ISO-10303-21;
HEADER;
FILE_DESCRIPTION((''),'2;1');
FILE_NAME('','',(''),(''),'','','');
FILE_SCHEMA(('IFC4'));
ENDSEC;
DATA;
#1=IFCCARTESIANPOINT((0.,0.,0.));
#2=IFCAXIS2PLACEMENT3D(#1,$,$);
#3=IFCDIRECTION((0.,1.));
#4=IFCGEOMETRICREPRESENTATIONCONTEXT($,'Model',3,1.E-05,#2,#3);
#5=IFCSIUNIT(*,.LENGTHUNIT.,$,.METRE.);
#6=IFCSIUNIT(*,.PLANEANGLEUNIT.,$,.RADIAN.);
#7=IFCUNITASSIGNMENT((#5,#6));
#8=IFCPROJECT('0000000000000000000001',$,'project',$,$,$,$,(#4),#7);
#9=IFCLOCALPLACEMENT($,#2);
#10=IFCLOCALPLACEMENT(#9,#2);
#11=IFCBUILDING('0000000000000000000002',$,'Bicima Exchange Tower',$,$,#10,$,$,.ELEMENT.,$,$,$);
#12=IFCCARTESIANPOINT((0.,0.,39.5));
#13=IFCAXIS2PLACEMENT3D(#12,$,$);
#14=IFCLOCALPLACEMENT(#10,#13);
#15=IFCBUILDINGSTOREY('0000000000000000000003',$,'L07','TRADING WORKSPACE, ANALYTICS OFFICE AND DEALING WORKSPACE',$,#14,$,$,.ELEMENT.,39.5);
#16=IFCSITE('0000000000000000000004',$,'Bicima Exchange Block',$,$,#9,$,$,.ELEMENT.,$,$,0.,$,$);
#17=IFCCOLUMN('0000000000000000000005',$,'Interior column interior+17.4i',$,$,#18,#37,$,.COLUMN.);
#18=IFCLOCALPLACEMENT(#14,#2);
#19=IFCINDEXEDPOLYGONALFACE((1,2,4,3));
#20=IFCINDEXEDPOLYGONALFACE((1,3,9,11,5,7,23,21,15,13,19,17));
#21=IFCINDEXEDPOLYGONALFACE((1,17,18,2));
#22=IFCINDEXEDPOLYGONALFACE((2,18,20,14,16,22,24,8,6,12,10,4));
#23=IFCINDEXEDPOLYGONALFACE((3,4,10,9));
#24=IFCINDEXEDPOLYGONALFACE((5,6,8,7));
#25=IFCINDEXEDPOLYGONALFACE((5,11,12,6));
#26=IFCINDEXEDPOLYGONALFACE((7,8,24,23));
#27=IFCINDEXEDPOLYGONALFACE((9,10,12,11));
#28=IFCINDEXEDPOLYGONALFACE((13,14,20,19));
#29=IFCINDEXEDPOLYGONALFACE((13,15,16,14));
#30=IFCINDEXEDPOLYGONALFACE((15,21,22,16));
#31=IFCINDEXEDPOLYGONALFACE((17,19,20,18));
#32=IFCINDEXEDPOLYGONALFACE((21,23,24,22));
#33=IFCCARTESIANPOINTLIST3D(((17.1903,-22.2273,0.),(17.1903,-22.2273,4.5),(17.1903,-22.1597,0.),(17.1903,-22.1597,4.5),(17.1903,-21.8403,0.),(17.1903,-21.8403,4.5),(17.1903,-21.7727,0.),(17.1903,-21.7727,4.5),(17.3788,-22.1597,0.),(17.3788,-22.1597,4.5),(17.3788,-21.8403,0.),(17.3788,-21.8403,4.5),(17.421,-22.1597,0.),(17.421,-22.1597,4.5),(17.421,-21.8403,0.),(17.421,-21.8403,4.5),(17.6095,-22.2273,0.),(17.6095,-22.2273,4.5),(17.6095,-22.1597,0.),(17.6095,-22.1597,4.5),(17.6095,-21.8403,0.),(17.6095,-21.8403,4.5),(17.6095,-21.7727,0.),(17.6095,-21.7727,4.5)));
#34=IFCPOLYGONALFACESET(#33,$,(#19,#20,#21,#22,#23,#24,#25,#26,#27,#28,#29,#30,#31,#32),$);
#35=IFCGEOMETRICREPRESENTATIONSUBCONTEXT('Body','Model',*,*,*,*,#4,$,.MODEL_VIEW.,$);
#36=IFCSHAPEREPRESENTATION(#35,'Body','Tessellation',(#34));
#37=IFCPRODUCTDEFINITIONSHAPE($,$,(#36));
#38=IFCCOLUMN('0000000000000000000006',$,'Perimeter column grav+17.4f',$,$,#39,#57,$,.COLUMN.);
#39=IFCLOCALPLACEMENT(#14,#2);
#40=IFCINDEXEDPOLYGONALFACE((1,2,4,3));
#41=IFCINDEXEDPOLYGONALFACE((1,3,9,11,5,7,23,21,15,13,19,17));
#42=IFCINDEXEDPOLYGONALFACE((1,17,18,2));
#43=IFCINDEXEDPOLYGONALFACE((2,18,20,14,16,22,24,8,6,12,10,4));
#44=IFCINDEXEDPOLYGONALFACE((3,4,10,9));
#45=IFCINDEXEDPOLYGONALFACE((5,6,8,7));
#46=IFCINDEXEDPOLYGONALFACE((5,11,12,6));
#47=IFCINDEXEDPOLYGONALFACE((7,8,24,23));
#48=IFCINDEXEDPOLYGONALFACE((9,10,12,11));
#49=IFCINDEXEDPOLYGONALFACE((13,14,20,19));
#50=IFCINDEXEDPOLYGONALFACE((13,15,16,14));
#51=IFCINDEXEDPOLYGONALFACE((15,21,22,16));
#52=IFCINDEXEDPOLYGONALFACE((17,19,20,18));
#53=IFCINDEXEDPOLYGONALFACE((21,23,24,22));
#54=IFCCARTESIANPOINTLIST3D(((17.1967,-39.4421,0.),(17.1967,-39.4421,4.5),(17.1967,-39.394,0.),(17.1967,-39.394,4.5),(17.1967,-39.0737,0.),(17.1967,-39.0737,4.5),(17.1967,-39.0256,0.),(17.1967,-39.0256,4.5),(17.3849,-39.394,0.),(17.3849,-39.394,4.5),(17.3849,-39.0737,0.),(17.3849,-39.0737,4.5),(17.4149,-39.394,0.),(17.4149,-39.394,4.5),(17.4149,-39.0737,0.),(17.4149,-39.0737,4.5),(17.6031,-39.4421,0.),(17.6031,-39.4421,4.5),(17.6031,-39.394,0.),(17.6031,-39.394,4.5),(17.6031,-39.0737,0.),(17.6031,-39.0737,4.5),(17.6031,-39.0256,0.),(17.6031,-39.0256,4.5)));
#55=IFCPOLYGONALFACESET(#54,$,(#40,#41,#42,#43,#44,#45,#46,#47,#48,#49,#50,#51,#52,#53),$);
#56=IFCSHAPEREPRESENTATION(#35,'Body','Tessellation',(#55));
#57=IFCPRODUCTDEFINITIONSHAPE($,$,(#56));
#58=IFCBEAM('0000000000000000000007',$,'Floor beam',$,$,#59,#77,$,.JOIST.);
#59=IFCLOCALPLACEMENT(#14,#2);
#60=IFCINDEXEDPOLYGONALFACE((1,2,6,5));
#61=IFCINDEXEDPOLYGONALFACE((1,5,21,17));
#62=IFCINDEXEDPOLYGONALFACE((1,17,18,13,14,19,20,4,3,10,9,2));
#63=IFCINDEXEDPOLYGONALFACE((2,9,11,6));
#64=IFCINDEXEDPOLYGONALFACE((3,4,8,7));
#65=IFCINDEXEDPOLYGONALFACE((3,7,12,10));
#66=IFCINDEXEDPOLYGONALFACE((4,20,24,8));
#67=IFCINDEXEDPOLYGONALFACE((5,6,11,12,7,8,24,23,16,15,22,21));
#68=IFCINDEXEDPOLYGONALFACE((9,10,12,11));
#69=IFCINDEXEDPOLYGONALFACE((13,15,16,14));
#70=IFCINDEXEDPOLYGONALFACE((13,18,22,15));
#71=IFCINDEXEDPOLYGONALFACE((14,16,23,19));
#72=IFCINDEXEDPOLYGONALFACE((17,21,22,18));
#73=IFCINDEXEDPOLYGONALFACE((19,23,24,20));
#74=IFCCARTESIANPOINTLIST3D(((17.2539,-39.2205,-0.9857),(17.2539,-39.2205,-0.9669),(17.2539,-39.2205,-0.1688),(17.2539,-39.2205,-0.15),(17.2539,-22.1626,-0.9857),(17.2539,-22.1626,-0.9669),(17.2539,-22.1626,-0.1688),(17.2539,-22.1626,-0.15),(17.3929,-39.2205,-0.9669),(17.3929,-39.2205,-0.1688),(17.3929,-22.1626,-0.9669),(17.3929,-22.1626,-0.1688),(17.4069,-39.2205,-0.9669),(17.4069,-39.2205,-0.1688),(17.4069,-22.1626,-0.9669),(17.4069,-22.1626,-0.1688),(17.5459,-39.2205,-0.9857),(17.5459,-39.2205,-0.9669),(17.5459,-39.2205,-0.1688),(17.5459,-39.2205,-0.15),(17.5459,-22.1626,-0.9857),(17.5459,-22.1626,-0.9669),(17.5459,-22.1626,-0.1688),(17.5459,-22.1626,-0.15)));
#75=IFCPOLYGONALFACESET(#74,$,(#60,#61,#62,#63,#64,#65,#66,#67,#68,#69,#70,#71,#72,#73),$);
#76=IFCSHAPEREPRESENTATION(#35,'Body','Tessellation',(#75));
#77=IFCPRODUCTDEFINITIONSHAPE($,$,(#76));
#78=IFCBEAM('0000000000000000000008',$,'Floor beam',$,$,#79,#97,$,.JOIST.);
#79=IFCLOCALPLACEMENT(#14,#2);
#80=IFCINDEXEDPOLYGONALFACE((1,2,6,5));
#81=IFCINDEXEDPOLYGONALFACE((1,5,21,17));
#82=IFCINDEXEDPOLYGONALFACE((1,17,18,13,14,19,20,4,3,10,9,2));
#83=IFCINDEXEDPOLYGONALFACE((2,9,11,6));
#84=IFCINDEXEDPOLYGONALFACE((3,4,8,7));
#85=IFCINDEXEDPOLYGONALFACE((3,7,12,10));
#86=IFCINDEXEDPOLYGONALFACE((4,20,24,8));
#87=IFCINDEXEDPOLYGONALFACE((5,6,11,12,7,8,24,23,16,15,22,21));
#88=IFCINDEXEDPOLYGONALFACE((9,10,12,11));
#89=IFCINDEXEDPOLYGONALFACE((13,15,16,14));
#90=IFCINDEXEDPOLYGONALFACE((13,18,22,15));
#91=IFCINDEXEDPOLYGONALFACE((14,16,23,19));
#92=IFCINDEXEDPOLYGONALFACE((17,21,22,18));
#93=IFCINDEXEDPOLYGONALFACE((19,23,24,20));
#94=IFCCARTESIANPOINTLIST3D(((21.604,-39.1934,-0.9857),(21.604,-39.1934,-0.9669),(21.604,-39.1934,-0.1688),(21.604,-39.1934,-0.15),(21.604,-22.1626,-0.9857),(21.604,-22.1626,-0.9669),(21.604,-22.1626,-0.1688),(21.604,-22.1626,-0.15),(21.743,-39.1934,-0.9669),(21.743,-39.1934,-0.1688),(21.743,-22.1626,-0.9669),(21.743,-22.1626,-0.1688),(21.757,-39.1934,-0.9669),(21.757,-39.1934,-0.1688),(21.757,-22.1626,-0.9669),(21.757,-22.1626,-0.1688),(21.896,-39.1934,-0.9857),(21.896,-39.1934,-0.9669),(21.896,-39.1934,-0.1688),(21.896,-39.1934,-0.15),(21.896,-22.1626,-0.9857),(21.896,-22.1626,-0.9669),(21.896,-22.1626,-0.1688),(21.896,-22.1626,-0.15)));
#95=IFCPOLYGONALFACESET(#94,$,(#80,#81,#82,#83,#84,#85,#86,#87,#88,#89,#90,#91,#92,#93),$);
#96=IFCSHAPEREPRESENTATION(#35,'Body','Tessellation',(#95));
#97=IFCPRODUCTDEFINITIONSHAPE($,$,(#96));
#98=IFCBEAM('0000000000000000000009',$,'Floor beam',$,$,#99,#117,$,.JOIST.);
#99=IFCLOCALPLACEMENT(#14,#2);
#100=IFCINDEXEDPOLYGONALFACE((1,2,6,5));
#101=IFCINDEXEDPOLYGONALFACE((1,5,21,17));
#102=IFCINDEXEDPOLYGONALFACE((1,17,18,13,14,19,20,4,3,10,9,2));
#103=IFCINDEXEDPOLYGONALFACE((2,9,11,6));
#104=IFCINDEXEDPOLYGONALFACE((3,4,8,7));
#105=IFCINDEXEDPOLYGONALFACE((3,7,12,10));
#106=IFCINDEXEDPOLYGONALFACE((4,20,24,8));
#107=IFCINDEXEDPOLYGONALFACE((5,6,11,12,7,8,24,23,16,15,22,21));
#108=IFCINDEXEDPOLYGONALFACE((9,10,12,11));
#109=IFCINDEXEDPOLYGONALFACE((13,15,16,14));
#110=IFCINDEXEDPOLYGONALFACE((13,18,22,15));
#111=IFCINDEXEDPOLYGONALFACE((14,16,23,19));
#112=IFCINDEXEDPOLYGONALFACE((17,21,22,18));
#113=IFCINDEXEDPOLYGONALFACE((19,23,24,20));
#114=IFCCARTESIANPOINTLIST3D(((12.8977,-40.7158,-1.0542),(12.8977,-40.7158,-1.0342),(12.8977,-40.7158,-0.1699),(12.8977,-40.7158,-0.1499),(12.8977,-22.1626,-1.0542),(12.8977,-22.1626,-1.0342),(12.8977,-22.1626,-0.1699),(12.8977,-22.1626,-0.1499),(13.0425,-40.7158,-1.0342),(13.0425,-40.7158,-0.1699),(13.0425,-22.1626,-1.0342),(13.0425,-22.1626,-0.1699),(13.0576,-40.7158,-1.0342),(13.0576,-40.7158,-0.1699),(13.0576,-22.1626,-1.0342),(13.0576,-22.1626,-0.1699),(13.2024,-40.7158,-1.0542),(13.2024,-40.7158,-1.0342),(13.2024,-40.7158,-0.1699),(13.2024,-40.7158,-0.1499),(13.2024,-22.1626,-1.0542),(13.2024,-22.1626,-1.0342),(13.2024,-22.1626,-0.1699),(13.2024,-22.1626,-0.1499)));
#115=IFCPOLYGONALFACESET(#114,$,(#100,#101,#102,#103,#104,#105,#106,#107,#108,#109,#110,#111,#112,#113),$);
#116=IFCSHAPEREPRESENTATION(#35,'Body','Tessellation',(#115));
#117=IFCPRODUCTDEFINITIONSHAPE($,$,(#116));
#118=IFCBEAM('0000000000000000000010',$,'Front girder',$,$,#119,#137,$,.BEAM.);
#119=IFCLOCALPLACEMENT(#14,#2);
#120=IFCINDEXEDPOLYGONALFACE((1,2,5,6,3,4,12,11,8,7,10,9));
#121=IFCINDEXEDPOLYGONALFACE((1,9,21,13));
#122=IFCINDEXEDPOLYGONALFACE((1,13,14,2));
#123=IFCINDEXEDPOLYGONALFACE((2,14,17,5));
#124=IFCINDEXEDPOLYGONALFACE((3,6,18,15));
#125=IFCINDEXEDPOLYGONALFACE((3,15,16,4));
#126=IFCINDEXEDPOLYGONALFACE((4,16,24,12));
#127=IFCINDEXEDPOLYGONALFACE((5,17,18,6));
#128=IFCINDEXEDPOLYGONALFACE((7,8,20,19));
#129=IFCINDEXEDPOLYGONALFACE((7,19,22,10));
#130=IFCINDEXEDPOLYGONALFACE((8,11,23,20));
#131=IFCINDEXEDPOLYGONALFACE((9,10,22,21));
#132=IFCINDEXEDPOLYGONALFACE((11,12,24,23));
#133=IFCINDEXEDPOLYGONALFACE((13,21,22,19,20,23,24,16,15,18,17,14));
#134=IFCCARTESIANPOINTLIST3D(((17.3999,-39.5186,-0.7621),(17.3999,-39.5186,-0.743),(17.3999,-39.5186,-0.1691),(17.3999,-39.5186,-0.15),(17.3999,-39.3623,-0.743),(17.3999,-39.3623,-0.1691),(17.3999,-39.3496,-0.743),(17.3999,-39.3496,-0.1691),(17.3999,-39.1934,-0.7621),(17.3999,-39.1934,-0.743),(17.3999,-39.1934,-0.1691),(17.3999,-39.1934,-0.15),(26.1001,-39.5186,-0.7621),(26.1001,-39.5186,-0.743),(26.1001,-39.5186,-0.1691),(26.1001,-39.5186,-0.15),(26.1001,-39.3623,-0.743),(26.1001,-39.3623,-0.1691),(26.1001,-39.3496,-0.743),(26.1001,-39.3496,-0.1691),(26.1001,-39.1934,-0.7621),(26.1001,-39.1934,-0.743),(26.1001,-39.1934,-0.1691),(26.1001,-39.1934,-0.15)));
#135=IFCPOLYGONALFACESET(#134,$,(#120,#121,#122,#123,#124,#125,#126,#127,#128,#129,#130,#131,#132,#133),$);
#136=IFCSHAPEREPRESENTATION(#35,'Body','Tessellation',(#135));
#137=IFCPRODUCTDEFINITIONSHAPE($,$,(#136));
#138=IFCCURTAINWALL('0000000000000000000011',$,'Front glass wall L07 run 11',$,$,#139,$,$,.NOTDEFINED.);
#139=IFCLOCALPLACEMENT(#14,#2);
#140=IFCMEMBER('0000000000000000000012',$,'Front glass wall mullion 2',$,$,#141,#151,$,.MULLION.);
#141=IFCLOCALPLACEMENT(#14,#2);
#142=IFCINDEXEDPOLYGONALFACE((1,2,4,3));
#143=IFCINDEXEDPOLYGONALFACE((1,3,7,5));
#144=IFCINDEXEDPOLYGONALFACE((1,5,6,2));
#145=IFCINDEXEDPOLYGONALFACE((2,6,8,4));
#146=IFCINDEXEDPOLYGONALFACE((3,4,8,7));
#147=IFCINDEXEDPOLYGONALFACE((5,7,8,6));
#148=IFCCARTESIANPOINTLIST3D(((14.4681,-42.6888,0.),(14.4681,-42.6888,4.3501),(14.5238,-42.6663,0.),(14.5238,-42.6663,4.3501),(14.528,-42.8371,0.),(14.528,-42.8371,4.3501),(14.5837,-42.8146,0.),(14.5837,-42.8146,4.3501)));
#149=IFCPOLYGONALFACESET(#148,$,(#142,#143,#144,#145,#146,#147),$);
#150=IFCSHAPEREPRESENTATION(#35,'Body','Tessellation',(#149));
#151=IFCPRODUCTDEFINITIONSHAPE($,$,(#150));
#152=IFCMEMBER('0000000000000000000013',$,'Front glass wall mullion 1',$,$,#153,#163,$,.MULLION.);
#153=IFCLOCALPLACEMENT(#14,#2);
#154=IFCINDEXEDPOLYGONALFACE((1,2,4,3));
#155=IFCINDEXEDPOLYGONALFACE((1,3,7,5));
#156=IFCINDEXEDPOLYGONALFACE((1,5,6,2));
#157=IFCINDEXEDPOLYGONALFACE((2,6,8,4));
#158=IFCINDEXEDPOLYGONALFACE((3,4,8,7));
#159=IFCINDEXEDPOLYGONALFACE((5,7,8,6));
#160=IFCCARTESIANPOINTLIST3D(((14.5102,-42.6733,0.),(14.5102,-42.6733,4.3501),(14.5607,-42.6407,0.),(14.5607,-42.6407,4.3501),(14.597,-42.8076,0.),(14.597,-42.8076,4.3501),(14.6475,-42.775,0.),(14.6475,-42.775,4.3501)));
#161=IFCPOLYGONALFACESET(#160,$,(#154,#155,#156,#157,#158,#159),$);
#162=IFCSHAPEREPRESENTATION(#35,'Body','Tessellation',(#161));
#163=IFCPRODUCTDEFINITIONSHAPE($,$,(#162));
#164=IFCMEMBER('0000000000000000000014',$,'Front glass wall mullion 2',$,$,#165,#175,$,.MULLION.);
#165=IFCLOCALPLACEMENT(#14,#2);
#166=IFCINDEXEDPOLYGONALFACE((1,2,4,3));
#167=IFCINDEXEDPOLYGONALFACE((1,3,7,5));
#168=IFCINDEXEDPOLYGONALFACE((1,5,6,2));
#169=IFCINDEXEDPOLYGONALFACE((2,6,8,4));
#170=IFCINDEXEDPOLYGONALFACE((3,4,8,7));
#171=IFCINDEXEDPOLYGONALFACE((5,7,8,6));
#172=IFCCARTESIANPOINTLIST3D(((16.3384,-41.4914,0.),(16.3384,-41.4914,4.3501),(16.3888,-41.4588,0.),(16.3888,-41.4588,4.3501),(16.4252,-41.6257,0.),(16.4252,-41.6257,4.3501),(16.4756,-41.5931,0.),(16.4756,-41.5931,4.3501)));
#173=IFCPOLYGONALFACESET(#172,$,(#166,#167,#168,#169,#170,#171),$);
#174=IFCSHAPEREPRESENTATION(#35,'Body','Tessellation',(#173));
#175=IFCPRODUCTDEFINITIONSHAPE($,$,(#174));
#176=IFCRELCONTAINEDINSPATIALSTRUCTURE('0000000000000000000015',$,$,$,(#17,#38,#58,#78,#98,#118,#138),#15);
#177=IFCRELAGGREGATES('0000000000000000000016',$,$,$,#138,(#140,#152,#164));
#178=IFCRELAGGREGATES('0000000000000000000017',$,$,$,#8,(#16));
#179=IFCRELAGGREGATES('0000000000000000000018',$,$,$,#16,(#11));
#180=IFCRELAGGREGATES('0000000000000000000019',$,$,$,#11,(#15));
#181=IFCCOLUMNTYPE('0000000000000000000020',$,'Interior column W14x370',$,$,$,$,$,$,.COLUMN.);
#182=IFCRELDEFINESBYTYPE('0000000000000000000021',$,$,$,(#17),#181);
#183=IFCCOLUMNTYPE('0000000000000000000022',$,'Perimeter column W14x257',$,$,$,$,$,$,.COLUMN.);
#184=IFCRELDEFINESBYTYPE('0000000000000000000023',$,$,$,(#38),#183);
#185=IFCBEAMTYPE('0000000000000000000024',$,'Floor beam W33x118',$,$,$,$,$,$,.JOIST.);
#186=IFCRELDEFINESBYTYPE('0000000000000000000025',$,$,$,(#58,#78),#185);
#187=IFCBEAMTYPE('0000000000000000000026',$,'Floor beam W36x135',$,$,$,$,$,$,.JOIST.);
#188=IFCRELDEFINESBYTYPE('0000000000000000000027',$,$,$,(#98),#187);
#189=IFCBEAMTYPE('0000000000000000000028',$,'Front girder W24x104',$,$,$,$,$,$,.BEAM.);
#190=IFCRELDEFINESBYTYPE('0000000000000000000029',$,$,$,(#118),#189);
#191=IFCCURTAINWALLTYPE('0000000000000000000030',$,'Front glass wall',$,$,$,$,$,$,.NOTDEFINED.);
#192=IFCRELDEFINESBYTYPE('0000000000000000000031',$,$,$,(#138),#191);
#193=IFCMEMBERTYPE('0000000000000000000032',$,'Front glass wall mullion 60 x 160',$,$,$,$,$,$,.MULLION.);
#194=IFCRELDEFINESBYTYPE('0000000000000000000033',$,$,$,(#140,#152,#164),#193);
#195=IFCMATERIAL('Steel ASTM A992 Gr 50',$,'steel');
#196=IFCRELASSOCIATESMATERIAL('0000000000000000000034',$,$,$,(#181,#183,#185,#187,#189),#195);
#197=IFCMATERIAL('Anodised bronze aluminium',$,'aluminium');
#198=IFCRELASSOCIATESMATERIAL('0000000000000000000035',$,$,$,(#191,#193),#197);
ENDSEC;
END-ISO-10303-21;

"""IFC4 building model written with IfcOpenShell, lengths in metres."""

from ifc_helpers import new_model, si_unit, direction, frame, origin, origin_2d, place, context, subcontext, project, spatial, rectangle, i_section, extrude, material, material_profile, profile_set, type_object, element, aggregate, save


model = new_model("IFC4")

# Units and contexts
model_context = context("Model", 3, precision=1e-05, world=origin(), true_north=direction((0.0, 1.0)))
body_context = subcontext(model_context, "Body", "Model", "MODEL_VIEW")
ifc_project = project(units=[si_unit("LENGTHUNIT", "METRE"), si_unit("PLANEANGLEUNIT", "RADIAN")], contexts=[model_context])

# Site, building, storey
site_placement = place(None, origin())
site = spatial("IfcSite", under=ifc_project, at=site_placement, Name="Bicima Exchange Block", CompositionType="ELEMENT", RefElevation=0.0)
building_placement = place(site_placement, origin())
building = spatial("IfcBuilding", under=site, at=building_placement, Name="Bicima Exchange Tower", CompositionType="ELEMENT")
storey_placement = place(building_placement, frame((0.0, 0.0, 39.5)))
storey = spatial("IfcBuildingStorey", under=building, at=storey_placement, Name="L07", Description="TRADING WORKSPACE, ANALYTICS OFFICE AND DEALING WORKSPACE", CompositionType="ELEMENT", Elevation=39.5)

# Columns
ifc_material_1 = material(Name="Steel ASTM A992 Gr 50", Category="steel")
ifc_material_profile_1 = material_profile(ifc_material_1, i_section(OverallWidth=0.4192, OverallDepth=0.4546, WebThickness=0.0422, FlangeThickness=0.0676, at=origin_2d()))
ifc_profile_set_1 = profile_set([ifc_material_profile_1], Name="Steel ASTM A992 Gr 50")
column_type_1 = type_object("IfcColumnType", Name="Interior column W14x370", PredefinedType="COLUMN", material=ifc_profile_set_1)
column_1_placement = place(storey_placement, frame((17.3999, -22.0, 0.0), z_axis=(0.0, 0.0, 1.0), x_axis=(1.0, 0.0, 0.0)))
element("IfcColumn", 1, at=column_1_placement, inside=storey, type_object=column_type_1, Name="Interior column interior+17.4i", PredefinedType="COLUMN", context=body_context, shape_type="SweptSolid", body=[
    extrude(i_section(OverallWidth=0.4192, OverallDepth=0.4546, WebThickness=0.0422, FlangeThickness=0.0676, at=origin_2d()), origin(), (0.0, 0.0, 1.0), 4.5),
])
ifc_material_profile_2 = material_profile(ifc_material_1, i_section(OverallWidth=0.4065, OverallDepth=0.4165, WebThickness=0.03, FlangeThickness=0.0481, at=origin_2d()))
ifc_profile_set_2 = profile_set([ifc_material_profile_2], Name="Steel ASTM A992 Gr 50")
column_type_2 = type_object("IfcColumnType", Name="Perimeter column W14x257", PredefinedType="COLUMN", material=ifc_profile_set_2)
column_2_placement = place(storey_placement, frame((17.3999, -39.2339, 0.0), z_axis=(0.0, 0.0, 1.0), x_axis=(1.0, 0.0, 0.0)))
element("IfcColumn", 2, at=column_2_placement, inside=storey, type_object=column_type_2, Name="Perimeter column grav+17.4f", PredefinedType="COLUMN", context=body_context, shape_type="SweptSolid", body=[
    extrude(i_section(OverallWidth=0.4065, OverallDepth=0.4165, WebThickness=0.03, FlangeThickness=0.0481, at=origin_2d()), origin(), (0.0, 0.0, 1.0), 4.5),
])

# Beams
ifc_material_profile_3 = material_profile(ifc_material_1, i_section(OverallWidth=0.292, OverallDepth=0.8357, WebThickness=0.0139, FlangeThickness=0.0188, at=origin_2d()))
ifc_profile_set_3 = profile_set([ifc_material_profile_3], Name="Steel ASTM A992 Gr 50")
beam_type_1 = type_object("IfcBeamType", Name="Floor beam W33x118", PredefinedType="JOIST", material=ifc_profile_set_3)
beam_1_placement = place(storey_placement, frame((17.3999, -22.1626, -0.5679), z_axis=(0.0, -1.0, 0.0), x_axis=(1.0, 0.0, 0.0)))
element("IfcBeam", 3, at=beam_1_placement, inside=storey, type_object=beam_type_1, Name="Floor beam", PredefinedType="JOIST", context=body_context, shape_type="SweptSolid", body=[
    extrude(i_section(OverallWidth=0.292, OverallDepth=0.8357, WebThickness=0.0139, FlangeThickness=0.0188, at=origin_2d()), origin(), (0.0, 0.0, 1.0), 17.0579),
])
beam_2_placement = place(storey_placement, frame((21.75, -22.1626, -0.5679), z_axis=(0.0, -1.0, 0.0), x_axis=(1.0, 0.0, 0.0)))
element("IfcBeam", 4, at=beam_2_placement, inside=storey, type_object=beam_type_1, Name="Floor beam", PredefinedType="JOIST", context=body_context, shape_type="SweptSolid", body=[
    extrude(i_section(OverallWidth=0.292, OverallDepth=0.8357, WebThickness=0.0139, FlangeThickness=0.0188, at=origin_2d()), origin(), (0.0, 0.0, 1.0), 17.0308),
])
ifc_material_profile_4 = material_profile(ifc_material_1, i_section(OverallWidth=0.3047, OverallDepth=0.9043, WebThickness=0.0151, FlangeThickness=0.02, at=origin_2d()))
ifc_profile_set_4 = profile_set([ifc_material_profile_4], Name="Steel ASTM A992 Gr 50")
beam_type_2 = type_object("IfcBeamType", Name="Floor beam W36x135", PredefinedType="JOIST", material=ifc_profile_set_4)
beam_3_placement = place(storey_placement, frame((13.05, -22.1626, -0.6021), z_axis=(0.0, -1.0, 0.0), x_axis=(1.0, 0.0, 0.0)))
element("IfcBeam", 5, at=beam_3_placement, inside=storey, type_object=beam_type_2, Name="Floor beam", PredefinedType="JOIST", context=body_context, shape_type="SweptSolid", body=[
    extrude(i_section(OverallWidth=0.3047, OverallDepth=0.9043, WebThickness=0.0151, FlangeThickness=0.02, at=origin_2d()), origin(), (0.0, 0.0, 1.0), 18.5532),
])
ifc_material_profile_5 = material_profile(ifc_material_1, i_section(OverallWidth=0.3252, OverallDepth=0.6121, WebThickness=0.0127, FlangeThickness=0.019, at=origin_2d()))
ifc_profile_set_5 = profile_set([ifc_material_profile_5], Name="Steel ASTM A992 Gr 50")
beam_type_3 = type_object("IfcBeamType", Name="Front girder W24x104", PredefinedType="BEAM", material=ifc_profile_set_5)
beam_4_placement = place(storey_placement, frame((17.3999, -39.356, -0.4561), z_axis=(1.0, 0.0, 0.0), x_axis=(0.0, 1.0, 0.0)))
element("IfcBeam", 6, at=beam_4_placement, inside=storey, type_object=beam_type_3, Name="Front girder", PredefinedType="BEAM", context=body_context, shape_type="SweptSolid", body=[
    extrude(i_section(OverallWidth=0.3252, OverallDepth=0.6121, WebThickness=0.0127, FlangeThickness=0.019, at=origin_2d()), origin(), (0.0, 0.0, 1.0), 8.7002),
])

# Curtain wall, members
ifc_material_2 = material(Name="Anodised bronze aluminium", Category="aluminium")
curtain_wall_type = type_object("IfcCurtainWallType", Name="Front glass wall", PredefinedType="NOTDEFINED", material=ifc_material_2)
curtain_wall_1_placement = place(storey_placement, origin())
curtain_wall_1 = element("IfcCurtainWall", 7, at=curtain_wall_1_placement, inside=storey, type_object=curtain_wall_type, Name="Front glass wall L07 run 11", PredefinedType="NOTDEFINED")
ifc_material_profile_6 = material_profile(ifc_material_2, rectangle(XDim=0.1599, YDim=0.0601, at=origin_2d()))
ifc_profile_set_6 = profile_set([ifc_material_profile_6], Name="Anodised bronze aluminium")
member_type_1 = type_object("IfcMemberType", Name="Front glass wall mullion 60 x 160", PredefinedType="MULLION", material=ifc_profile_set_6)
member_1_placement = place(storey_placement, frame((14.5259, -42.7517, 0.0), z_axis=(0.0, 0.0, 1.0), x_axis=(-0.374705, 0.927144, 0.0)))
member_1 = element("IfcMember", 8, at=member_1_placement, type_object=member_type_1, Name="Front glass wall mullion 2", PredefinedType="MULLION", context=body_context, shape_type="SweptSolid", body=[
    extrude(rectangle(XDim=0.1599, YDim=0.0601, at=origin_2d()), origin(), (0.0, 0.0, 1.0), 4.3501),
])
member_2_placement = place(storey_placement, frame((14.5789, -42.7241, 0.0), z_axis=(0.0, 0.0, 1.0), x_axis=(-0.542909, 0.839791, 0.0)))
member_2 = element("IfcMember", 9, at=member_2_placement, type_object=member_type_1, Name="Front glass wall mullion 1", PredefinedType="MULLION", context=body_context, shape_type="SweptSolid", body=[
    extrude(rectangle(XDim=0.1599, YDim=0.0601, at=origin_2d()), origin(), (0.0, 0.0, 1.0), 4.3501),
])
member_3_placement = place(storey_placement, frame((16.407, -41.5422, 0.0), z_axis=(0.0, 0.0, 1.0), x_axis=(-0.542909, 0.839791, 0.0)))
member_3 = element("IfcMember", 10, at=member_3_placement, type_object=member_type_1, Name="Front glass wall mullion 2", PredefinedType="MULLION", context=body_context, shape_type="SweptSolid", body=[
    extrude(rectangle(XDim=0.1599, YDim=0.0601, at=origin_2d()), origin(), (0.0, 0.0, 1.0), 4.3501),
])

aggregate(curtain_wall_1, [member_1, member_2, member_3])

save(model, "model.ifc")
